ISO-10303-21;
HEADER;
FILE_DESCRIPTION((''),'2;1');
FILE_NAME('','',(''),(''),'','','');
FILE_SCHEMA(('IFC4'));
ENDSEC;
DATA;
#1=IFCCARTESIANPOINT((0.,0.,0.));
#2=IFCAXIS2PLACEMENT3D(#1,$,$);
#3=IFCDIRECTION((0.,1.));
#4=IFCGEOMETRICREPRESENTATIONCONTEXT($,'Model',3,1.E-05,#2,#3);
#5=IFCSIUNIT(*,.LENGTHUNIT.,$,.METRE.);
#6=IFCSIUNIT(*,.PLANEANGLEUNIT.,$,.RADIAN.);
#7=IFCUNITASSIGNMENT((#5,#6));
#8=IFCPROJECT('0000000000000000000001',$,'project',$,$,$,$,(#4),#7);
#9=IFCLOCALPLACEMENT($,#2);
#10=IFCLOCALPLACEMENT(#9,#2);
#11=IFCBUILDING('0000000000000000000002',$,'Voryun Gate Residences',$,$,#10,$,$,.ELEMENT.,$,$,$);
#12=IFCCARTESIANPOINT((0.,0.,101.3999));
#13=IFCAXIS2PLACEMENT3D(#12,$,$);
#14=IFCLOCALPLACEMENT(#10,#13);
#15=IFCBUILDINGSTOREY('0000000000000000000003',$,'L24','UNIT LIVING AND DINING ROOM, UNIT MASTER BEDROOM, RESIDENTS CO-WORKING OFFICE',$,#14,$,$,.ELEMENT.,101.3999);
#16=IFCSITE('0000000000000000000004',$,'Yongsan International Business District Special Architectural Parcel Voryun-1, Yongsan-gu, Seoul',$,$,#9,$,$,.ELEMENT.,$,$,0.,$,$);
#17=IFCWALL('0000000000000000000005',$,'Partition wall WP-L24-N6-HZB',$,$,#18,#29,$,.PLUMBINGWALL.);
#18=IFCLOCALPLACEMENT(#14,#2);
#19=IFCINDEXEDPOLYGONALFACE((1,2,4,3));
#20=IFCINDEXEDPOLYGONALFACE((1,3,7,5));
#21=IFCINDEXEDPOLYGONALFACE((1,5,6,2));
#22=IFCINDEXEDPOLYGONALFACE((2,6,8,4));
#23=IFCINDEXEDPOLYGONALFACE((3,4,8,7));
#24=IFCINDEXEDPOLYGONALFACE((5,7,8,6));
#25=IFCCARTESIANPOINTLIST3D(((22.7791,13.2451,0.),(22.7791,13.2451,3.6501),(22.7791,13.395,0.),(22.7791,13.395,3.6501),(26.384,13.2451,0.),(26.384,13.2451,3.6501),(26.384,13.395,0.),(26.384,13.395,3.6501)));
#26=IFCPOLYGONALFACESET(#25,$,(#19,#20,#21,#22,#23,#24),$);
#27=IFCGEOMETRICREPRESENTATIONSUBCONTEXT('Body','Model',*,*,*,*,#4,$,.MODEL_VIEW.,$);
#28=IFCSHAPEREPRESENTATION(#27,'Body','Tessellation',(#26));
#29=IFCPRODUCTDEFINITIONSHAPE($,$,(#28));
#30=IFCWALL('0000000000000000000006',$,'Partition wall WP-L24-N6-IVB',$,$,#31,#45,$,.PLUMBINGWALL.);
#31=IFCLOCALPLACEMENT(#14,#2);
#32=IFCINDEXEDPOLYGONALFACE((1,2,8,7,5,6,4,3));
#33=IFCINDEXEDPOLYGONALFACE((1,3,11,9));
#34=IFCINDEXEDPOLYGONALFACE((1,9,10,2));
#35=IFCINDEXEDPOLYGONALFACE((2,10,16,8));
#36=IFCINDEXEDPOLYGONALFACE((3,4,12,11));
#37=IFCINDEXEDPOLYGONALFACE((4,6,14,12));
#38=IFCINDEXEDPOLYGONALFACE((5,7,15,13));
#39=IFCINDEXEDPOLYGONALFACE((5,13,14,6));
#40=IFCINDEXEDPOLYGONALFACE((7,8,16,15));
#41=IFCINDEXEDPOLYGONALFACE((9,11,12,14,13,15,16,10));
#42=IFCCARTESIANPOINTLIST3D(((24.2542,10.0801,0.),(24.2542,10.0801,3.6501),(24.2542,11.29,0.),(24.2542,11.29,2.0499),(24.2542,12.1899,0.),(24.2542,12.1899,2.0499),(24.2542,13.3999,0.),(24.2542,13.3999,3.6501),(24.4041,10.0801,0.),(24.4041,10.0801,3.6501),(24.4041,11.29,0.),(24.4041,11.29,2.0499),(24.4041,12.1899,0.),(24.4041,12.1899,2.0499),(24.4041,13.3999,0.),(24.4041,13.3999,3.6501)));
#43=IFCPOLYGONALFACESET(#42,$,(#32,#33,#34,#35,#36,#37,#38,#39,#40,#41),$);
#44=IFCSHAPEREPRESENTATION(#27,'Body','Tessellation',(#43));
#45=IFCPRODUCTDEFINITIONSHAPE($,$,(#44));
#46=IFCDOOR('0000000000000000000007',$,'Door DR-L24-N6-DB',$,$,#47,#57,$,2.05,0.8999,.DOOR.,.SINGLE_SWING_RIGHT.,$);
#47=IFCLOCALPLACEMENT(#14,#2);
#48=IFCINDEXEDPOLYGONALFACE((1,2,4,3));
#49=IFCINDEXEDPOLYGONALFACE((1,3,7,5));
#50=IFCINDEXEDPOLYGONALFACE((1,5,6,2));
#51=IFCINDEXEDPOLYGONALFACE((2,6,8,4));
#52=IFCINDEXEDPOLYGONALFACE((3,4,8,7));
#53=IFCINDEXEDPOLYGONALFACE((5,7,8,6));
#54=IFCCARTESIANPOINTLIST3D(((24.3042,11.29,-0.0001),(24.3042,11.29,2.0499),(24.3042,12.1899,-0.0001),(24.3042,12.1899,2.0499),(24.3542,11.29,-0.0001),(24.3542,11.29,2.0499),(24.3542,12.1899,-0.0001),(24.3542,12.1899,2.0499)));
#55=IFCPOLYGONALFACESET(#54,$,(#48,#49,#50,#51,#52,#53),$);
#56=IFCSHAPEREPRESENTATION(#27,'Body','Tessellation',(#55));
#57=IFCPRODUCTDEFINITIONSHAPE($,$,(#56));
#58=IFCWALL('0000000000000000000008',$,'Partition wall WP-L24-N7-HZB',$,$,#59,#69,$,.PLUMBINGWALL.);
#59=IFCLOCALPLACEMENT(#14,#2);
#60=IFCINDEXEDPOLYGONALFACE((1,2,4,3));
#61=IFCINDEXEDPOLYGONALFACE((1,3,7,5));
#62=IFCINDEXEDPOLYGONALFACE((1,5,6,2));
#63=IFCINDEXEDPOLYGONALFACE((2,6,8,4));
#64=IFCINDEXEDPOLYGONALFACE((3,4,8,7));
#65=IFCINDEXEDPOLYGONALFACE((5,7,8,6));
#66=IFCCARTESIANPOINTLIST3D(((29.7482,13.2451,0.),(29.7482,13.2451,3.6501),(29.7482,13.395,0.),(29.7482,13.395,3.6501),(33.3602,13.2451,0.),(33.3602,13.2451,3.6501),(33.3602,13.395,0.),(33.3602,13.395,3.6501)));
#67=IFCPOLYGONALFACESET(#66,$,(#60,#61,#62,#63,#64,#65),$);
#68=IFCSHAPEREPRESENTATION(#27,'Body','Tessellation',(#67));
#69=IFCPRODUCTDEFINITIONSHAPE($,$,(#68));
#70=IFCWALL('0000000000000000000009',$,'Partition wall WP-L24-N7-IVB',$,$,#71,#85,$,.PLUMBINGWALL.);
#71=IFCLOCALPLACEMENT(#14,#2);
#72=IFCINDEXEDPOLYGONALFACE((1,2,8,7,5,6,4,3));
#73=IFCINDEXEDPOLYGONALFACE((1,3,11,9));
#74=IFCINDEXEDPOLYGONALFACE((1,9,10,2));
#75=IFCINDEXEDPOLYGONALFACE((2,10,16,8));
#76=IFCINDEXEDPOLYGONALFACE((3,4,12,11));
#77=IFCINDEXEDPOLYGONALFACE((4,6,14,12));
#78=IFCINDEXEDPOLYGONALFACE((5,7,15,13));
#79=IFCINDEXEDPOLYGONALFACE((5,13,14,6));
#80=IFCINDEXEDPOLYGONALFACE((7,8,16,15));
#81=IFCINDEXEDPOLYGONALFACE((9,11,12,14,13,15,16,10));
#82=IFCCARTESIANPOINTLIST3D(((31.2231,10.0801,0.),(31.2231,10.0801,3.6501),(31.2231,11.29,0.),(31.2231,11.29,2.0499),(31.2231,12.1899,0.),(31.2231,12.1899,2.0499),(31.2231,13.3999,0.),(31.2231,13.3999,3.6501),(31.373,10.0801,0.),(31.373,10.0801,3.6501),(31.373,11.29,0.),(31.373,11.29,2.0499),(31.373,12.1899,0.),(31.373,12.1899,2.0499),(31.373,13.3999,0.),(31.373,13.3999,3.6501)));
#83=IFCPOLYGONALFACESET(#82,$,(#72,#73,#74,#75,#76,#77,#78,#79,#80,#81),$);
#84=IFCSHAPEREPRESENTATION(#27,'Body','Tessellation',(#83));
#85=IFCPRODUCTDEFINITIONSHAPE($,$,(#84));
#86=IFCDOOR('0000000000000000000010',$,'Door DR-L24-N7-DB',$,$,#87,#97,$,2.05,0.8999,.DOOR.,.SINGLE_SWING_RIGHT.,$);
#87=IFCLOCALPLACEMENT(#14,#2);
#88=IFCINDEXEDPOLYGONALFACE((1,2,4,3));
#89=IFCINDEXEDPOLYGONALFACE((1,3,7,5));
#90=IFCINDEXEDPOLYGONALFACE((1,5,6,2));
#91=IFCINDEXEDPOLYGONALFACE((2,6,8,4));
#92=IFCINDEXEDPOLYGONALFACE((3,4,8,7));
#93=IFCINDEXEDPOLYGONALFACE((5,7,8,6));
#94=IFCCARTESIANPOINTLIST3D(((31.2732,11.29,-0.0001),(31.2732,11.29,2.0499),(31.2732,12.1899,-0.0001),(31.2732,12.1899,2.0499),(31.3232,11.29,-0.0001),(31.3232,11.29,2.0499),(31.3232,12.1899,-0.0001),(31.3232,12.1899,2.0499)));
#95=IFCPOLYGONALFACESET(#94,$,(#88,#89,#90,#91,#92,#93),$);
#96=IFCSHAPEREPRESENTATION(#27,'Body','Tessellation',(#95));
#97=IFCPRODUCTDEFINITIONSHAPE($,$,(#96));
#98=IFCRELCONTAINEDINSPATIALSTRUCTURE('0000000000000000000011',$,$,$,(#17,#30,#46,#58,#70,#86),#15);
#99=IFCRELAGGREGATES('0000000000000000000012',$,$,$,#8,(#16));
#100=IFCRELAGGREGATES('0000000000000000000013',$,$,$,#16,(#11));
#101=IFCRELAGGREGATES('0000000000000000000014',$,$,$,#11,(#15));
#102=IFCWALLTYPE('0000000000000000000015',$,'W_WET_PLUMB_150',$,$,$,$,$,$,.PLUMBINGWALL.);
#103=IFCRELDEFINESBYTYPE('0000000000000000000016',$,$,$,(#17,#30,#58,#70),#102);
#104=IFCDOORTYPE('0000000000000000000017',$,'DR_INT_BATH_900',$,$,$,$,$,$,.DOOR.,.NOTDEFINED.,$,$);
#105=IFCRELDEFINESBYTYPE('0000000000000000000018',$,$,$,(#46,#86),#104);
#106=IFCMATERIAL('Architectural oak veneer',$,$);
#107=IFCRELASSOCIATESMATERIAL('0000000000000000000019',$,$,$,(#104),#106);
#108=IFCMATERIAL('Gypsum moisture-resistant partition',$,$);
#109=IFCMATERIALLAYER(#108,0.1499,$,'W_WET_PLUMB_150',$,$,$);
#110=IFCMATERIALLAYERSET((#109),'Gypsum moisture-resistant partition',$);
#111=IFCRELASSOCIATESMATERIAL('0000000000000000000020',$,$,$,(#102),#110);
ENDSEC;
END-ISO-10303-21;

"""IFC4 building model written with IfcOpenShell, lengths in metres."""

from ifc_helpers import new_model, si_unit, direction, frame, frame_2d, origin, place, context, subcontext, project, spatial, rectangle, extrude, material, layer, layer_set, type_object, element, fill, save


model = new_model("IFC4")

# Units and contexts
model_context = context("Model", 3, precision=1e-05, world=origin(), true_north=direction((0.0, 1.0)))
body_context = subcontext(model_context, "Body", "Model", "MODEL_VIEW")
ifc_project = project(units=[si_unit("LENGTHUNIT", "METRE"), si_unit("PLANEANGLEUNIT", "RADIAN")], contexts=[model_context])

# Site, building, storey
site_placement = place(None, origin())
site = spatial("IfcSite", under=ifc_project, at=site_placement, Name="Yongsan International Business District Special Architectural Parcel Voryun-1, Yongsan-gu, Seoul", CompositionType="ELEMENT", RefElevation=0.0)
building_placement = place(site_placement, origin())
building = spatial("IfcBuilding", under=site, at=building_placement, Name="Voryun Gate Residences", CompositionType="ELEMENT")
storey_placement = place(building_placement, frame((0.0, 0.0, 101.3999)))
storey = spatial("IfcBuildingStorey", under=building, at=storey_placement, Name="L24", Description="UNIT LIVING AND DINING ROOM, UNIT MASTER BEDROOM, RESIDENTS CO-WORKING OFFICE", CompositionType="ELEMENT", Elevation=101.3999)

# Shared definitions
ifc_material_1 = material(Name="Architectural oak veneer")
door_type_1 = type_object("IfcDoorType", Name="DR_INT_BATH_900", OperationType="NOTDEFINED", PredefinedType="DOOR", material=ifc_material_1)

# Wall
ifc_material_2 = material(Name="Gypsum moisture-resistant partition")
ifc_layer_1 = layer(ifc_material_2, 0.1499, Name="W_WET_PLUMB_150")
ifc_layer_set_1 = layer_set([ifc_layer_1], Name="Gypsum moisture-resistant partition")
wall_type_1 = type_object("IfcWallType", Name="W_WET_PLUMB_150", PredefinedType="PLUMBINGWALL", material=ifc_layer_set_1)
wall_1_placement = place(storey_placement, frame((22.7791, 13.3201, 0.0), z_axis=(0.0, 0.0, 1.0), x_axis=(1.0, 0.0, 0.0)))
element("IfcWall", 1, at=wall_1_placement, inside=storey, type_object=wall_type_1, Name="Partition wall WP-L24-N6-HZB", PredefinedType="PLUMBINGWALL", context=body_context, shape_type="SweptSolid", body=[
    extrude(rectangle(XDim=3.605, YDim=0.1499, at=frame_2d((1.8025, 0.0))), origin(), (0.0, 0.0, 1.0), 3.6501),
])

# Wall, opening, door
wall_2_placement = place(storey_placement, frame((24.3291, 10.0801, 0.0), z_axis=(0.0, 0.0, 1.0), x_axis=(0.0, 1.0, 0.0)))
wall_2 = element("IfcWall", 2, at=wall_2_placement, inside=storey, type_object=wall_type_1, Name="Partition wall WP-L24-N6-IVB", PredefinedType="PLUMBINGWALL", context=body_context, shape_type="SweptSolid", body=[
    extrude(rectangle(XDim=3.3198, YDim=0.1499, at=frame_2d((1.6599, 0.0))), origin(), (0.0, 0.0, 1.0), 3.6501),
])
opening_1_placement = place(wall_2_placement, frame((1.21, 0.0, 0.0)))
opening_1 = element("IfcOpeningElement", 3, at=opening_1_placement, cuts=wall_2, PredefinedType="OPENING", context=body_context, shape_type="SweptSolid", body=[
    extrude(rectangle(XDim=0.8999, YDim=2.05, at=frame_2d((0.45, 1.0249))), frame((0.0, 0.085, 0.0), z_axis=(0.0, -1.0, 0.0), x_axis=(1.0, 0.0, 0.0)), (0.0, 0.0, 1.0), 0.1699),
])
door_1_placement = place(opening_1_placement, origin())
door_1 = element("IfcDoor", 4, at=door_1_placement, inside=storey, type_object=door_type_1, Name="Door DR-L24-N6-DB", OperationType="SINGLE_SWING_RIGHT", OverallHeight=2.05, OverallWidth=0.8999, PredefinedType="DOOR", context=body_context, shape_type="SweptSolid", body=[
    extrude(rectangle(XDim=0.8999, YDim=2.05, at=frame_2d((0.45, 1.0249))), frame((0.0, 0.0249, 0.0), z_axis=(0.0, -1.0, 0.0), x_axis=(1.0, 0.0, 0.0)), (0.0, 0.0, 1.0), 0.05),
])
fill(opening_1, door_1)

# Wall
wall_3_placement = place(storey_placement, frame((29.748, 13.3201, 0.0), z_axis=(0.0, 0.0, 1.0), x_axis=(1.0, 0.0, 0.0)))
element("IfcWall", 5, at=wall_3_placement, inside=storey, type_object=wall_type_1, Name="Partition wall WP-L24-N7-HZB", PredefinedType="PLUMBINGWALL", context=body_context, shape_type="SweptSolid", body=[
    extrude(rectangle(XDim=3.6121, YDim=0.1499, at=frame_2d((1.8062, 0.0))), origin(), (0.0, 0.0, 1.0), 3.6501),
])

# Wall, opening, door
wall_4_placement = place(storey_placement, frame((31.2981, 10.0801, 0.0), z_axis=(0.0, 0.0, 1.0), x_axis=(0.0, 1.0, 0.0)))
wall_4 = element("IfcWall", 6, at=wall_4_placement, inside=storey, type_object=wall_type_1, Name="Partition wall WP-L24-N7-IVB", PredefinedType="PLUMBINGWALL", context=body_context, shape_type="SweptSolid", body=[
    extrude(rectangle(XDim=3.3198, YDim=0.1499, at=frame_2d((1.6599, 0.0))), origin(), (0.0, 0.0, 1.0), 3.6501),
])
opening_2_placement = place(wall_4_placement, frame((1.21, 0.0, 0.0)))
opening_2 = element("IfcOpeningElement", 7, at=opening_2_placement, cuts=wall_4, PredefinedType="OPENING", context=body_context, shape_type="SweptSolid", body=[
    extrude(rectangle(XDim=0.8999, YDim=2.05, at=frame_2d((0.45, 1.0249))), frame((0.0, 0.085, 0.0), z_axis=(0.0, -1.0, 0.0), x_axis=(1.0, 0.0, 0.0)), (0.0, 0.0, 1.0), 0.1699),
])
door_2_placement = place(opening_2_placement, origin())
door_2 = element("IfcDoor", 8, at=door_2_placement, inside=storey, type_object=door_type_1, Name="Door DR-L24-N7-DB", OperationType="SINGLE_SWING_RIGHT", OverallHeight=2.05, OverallWidth=0.8999, PredefinedType="DOOR", context=body_context, shape_type="SweptSolid", body=[
    extrude(rectangle(XDim=0.8999, YDim=2.05, at=frame_2d((0.45, 1.0249))), frame((0.0, 0.0249, 0.0), z_axis=(0.0, -1.0, 0.0), x_axis=(1.0, 0.0, 0.0)), (0.0, 0.0, 1.0), 0.05),
])
fill(opening_2, door_2)

save(model, "model.ifc")
